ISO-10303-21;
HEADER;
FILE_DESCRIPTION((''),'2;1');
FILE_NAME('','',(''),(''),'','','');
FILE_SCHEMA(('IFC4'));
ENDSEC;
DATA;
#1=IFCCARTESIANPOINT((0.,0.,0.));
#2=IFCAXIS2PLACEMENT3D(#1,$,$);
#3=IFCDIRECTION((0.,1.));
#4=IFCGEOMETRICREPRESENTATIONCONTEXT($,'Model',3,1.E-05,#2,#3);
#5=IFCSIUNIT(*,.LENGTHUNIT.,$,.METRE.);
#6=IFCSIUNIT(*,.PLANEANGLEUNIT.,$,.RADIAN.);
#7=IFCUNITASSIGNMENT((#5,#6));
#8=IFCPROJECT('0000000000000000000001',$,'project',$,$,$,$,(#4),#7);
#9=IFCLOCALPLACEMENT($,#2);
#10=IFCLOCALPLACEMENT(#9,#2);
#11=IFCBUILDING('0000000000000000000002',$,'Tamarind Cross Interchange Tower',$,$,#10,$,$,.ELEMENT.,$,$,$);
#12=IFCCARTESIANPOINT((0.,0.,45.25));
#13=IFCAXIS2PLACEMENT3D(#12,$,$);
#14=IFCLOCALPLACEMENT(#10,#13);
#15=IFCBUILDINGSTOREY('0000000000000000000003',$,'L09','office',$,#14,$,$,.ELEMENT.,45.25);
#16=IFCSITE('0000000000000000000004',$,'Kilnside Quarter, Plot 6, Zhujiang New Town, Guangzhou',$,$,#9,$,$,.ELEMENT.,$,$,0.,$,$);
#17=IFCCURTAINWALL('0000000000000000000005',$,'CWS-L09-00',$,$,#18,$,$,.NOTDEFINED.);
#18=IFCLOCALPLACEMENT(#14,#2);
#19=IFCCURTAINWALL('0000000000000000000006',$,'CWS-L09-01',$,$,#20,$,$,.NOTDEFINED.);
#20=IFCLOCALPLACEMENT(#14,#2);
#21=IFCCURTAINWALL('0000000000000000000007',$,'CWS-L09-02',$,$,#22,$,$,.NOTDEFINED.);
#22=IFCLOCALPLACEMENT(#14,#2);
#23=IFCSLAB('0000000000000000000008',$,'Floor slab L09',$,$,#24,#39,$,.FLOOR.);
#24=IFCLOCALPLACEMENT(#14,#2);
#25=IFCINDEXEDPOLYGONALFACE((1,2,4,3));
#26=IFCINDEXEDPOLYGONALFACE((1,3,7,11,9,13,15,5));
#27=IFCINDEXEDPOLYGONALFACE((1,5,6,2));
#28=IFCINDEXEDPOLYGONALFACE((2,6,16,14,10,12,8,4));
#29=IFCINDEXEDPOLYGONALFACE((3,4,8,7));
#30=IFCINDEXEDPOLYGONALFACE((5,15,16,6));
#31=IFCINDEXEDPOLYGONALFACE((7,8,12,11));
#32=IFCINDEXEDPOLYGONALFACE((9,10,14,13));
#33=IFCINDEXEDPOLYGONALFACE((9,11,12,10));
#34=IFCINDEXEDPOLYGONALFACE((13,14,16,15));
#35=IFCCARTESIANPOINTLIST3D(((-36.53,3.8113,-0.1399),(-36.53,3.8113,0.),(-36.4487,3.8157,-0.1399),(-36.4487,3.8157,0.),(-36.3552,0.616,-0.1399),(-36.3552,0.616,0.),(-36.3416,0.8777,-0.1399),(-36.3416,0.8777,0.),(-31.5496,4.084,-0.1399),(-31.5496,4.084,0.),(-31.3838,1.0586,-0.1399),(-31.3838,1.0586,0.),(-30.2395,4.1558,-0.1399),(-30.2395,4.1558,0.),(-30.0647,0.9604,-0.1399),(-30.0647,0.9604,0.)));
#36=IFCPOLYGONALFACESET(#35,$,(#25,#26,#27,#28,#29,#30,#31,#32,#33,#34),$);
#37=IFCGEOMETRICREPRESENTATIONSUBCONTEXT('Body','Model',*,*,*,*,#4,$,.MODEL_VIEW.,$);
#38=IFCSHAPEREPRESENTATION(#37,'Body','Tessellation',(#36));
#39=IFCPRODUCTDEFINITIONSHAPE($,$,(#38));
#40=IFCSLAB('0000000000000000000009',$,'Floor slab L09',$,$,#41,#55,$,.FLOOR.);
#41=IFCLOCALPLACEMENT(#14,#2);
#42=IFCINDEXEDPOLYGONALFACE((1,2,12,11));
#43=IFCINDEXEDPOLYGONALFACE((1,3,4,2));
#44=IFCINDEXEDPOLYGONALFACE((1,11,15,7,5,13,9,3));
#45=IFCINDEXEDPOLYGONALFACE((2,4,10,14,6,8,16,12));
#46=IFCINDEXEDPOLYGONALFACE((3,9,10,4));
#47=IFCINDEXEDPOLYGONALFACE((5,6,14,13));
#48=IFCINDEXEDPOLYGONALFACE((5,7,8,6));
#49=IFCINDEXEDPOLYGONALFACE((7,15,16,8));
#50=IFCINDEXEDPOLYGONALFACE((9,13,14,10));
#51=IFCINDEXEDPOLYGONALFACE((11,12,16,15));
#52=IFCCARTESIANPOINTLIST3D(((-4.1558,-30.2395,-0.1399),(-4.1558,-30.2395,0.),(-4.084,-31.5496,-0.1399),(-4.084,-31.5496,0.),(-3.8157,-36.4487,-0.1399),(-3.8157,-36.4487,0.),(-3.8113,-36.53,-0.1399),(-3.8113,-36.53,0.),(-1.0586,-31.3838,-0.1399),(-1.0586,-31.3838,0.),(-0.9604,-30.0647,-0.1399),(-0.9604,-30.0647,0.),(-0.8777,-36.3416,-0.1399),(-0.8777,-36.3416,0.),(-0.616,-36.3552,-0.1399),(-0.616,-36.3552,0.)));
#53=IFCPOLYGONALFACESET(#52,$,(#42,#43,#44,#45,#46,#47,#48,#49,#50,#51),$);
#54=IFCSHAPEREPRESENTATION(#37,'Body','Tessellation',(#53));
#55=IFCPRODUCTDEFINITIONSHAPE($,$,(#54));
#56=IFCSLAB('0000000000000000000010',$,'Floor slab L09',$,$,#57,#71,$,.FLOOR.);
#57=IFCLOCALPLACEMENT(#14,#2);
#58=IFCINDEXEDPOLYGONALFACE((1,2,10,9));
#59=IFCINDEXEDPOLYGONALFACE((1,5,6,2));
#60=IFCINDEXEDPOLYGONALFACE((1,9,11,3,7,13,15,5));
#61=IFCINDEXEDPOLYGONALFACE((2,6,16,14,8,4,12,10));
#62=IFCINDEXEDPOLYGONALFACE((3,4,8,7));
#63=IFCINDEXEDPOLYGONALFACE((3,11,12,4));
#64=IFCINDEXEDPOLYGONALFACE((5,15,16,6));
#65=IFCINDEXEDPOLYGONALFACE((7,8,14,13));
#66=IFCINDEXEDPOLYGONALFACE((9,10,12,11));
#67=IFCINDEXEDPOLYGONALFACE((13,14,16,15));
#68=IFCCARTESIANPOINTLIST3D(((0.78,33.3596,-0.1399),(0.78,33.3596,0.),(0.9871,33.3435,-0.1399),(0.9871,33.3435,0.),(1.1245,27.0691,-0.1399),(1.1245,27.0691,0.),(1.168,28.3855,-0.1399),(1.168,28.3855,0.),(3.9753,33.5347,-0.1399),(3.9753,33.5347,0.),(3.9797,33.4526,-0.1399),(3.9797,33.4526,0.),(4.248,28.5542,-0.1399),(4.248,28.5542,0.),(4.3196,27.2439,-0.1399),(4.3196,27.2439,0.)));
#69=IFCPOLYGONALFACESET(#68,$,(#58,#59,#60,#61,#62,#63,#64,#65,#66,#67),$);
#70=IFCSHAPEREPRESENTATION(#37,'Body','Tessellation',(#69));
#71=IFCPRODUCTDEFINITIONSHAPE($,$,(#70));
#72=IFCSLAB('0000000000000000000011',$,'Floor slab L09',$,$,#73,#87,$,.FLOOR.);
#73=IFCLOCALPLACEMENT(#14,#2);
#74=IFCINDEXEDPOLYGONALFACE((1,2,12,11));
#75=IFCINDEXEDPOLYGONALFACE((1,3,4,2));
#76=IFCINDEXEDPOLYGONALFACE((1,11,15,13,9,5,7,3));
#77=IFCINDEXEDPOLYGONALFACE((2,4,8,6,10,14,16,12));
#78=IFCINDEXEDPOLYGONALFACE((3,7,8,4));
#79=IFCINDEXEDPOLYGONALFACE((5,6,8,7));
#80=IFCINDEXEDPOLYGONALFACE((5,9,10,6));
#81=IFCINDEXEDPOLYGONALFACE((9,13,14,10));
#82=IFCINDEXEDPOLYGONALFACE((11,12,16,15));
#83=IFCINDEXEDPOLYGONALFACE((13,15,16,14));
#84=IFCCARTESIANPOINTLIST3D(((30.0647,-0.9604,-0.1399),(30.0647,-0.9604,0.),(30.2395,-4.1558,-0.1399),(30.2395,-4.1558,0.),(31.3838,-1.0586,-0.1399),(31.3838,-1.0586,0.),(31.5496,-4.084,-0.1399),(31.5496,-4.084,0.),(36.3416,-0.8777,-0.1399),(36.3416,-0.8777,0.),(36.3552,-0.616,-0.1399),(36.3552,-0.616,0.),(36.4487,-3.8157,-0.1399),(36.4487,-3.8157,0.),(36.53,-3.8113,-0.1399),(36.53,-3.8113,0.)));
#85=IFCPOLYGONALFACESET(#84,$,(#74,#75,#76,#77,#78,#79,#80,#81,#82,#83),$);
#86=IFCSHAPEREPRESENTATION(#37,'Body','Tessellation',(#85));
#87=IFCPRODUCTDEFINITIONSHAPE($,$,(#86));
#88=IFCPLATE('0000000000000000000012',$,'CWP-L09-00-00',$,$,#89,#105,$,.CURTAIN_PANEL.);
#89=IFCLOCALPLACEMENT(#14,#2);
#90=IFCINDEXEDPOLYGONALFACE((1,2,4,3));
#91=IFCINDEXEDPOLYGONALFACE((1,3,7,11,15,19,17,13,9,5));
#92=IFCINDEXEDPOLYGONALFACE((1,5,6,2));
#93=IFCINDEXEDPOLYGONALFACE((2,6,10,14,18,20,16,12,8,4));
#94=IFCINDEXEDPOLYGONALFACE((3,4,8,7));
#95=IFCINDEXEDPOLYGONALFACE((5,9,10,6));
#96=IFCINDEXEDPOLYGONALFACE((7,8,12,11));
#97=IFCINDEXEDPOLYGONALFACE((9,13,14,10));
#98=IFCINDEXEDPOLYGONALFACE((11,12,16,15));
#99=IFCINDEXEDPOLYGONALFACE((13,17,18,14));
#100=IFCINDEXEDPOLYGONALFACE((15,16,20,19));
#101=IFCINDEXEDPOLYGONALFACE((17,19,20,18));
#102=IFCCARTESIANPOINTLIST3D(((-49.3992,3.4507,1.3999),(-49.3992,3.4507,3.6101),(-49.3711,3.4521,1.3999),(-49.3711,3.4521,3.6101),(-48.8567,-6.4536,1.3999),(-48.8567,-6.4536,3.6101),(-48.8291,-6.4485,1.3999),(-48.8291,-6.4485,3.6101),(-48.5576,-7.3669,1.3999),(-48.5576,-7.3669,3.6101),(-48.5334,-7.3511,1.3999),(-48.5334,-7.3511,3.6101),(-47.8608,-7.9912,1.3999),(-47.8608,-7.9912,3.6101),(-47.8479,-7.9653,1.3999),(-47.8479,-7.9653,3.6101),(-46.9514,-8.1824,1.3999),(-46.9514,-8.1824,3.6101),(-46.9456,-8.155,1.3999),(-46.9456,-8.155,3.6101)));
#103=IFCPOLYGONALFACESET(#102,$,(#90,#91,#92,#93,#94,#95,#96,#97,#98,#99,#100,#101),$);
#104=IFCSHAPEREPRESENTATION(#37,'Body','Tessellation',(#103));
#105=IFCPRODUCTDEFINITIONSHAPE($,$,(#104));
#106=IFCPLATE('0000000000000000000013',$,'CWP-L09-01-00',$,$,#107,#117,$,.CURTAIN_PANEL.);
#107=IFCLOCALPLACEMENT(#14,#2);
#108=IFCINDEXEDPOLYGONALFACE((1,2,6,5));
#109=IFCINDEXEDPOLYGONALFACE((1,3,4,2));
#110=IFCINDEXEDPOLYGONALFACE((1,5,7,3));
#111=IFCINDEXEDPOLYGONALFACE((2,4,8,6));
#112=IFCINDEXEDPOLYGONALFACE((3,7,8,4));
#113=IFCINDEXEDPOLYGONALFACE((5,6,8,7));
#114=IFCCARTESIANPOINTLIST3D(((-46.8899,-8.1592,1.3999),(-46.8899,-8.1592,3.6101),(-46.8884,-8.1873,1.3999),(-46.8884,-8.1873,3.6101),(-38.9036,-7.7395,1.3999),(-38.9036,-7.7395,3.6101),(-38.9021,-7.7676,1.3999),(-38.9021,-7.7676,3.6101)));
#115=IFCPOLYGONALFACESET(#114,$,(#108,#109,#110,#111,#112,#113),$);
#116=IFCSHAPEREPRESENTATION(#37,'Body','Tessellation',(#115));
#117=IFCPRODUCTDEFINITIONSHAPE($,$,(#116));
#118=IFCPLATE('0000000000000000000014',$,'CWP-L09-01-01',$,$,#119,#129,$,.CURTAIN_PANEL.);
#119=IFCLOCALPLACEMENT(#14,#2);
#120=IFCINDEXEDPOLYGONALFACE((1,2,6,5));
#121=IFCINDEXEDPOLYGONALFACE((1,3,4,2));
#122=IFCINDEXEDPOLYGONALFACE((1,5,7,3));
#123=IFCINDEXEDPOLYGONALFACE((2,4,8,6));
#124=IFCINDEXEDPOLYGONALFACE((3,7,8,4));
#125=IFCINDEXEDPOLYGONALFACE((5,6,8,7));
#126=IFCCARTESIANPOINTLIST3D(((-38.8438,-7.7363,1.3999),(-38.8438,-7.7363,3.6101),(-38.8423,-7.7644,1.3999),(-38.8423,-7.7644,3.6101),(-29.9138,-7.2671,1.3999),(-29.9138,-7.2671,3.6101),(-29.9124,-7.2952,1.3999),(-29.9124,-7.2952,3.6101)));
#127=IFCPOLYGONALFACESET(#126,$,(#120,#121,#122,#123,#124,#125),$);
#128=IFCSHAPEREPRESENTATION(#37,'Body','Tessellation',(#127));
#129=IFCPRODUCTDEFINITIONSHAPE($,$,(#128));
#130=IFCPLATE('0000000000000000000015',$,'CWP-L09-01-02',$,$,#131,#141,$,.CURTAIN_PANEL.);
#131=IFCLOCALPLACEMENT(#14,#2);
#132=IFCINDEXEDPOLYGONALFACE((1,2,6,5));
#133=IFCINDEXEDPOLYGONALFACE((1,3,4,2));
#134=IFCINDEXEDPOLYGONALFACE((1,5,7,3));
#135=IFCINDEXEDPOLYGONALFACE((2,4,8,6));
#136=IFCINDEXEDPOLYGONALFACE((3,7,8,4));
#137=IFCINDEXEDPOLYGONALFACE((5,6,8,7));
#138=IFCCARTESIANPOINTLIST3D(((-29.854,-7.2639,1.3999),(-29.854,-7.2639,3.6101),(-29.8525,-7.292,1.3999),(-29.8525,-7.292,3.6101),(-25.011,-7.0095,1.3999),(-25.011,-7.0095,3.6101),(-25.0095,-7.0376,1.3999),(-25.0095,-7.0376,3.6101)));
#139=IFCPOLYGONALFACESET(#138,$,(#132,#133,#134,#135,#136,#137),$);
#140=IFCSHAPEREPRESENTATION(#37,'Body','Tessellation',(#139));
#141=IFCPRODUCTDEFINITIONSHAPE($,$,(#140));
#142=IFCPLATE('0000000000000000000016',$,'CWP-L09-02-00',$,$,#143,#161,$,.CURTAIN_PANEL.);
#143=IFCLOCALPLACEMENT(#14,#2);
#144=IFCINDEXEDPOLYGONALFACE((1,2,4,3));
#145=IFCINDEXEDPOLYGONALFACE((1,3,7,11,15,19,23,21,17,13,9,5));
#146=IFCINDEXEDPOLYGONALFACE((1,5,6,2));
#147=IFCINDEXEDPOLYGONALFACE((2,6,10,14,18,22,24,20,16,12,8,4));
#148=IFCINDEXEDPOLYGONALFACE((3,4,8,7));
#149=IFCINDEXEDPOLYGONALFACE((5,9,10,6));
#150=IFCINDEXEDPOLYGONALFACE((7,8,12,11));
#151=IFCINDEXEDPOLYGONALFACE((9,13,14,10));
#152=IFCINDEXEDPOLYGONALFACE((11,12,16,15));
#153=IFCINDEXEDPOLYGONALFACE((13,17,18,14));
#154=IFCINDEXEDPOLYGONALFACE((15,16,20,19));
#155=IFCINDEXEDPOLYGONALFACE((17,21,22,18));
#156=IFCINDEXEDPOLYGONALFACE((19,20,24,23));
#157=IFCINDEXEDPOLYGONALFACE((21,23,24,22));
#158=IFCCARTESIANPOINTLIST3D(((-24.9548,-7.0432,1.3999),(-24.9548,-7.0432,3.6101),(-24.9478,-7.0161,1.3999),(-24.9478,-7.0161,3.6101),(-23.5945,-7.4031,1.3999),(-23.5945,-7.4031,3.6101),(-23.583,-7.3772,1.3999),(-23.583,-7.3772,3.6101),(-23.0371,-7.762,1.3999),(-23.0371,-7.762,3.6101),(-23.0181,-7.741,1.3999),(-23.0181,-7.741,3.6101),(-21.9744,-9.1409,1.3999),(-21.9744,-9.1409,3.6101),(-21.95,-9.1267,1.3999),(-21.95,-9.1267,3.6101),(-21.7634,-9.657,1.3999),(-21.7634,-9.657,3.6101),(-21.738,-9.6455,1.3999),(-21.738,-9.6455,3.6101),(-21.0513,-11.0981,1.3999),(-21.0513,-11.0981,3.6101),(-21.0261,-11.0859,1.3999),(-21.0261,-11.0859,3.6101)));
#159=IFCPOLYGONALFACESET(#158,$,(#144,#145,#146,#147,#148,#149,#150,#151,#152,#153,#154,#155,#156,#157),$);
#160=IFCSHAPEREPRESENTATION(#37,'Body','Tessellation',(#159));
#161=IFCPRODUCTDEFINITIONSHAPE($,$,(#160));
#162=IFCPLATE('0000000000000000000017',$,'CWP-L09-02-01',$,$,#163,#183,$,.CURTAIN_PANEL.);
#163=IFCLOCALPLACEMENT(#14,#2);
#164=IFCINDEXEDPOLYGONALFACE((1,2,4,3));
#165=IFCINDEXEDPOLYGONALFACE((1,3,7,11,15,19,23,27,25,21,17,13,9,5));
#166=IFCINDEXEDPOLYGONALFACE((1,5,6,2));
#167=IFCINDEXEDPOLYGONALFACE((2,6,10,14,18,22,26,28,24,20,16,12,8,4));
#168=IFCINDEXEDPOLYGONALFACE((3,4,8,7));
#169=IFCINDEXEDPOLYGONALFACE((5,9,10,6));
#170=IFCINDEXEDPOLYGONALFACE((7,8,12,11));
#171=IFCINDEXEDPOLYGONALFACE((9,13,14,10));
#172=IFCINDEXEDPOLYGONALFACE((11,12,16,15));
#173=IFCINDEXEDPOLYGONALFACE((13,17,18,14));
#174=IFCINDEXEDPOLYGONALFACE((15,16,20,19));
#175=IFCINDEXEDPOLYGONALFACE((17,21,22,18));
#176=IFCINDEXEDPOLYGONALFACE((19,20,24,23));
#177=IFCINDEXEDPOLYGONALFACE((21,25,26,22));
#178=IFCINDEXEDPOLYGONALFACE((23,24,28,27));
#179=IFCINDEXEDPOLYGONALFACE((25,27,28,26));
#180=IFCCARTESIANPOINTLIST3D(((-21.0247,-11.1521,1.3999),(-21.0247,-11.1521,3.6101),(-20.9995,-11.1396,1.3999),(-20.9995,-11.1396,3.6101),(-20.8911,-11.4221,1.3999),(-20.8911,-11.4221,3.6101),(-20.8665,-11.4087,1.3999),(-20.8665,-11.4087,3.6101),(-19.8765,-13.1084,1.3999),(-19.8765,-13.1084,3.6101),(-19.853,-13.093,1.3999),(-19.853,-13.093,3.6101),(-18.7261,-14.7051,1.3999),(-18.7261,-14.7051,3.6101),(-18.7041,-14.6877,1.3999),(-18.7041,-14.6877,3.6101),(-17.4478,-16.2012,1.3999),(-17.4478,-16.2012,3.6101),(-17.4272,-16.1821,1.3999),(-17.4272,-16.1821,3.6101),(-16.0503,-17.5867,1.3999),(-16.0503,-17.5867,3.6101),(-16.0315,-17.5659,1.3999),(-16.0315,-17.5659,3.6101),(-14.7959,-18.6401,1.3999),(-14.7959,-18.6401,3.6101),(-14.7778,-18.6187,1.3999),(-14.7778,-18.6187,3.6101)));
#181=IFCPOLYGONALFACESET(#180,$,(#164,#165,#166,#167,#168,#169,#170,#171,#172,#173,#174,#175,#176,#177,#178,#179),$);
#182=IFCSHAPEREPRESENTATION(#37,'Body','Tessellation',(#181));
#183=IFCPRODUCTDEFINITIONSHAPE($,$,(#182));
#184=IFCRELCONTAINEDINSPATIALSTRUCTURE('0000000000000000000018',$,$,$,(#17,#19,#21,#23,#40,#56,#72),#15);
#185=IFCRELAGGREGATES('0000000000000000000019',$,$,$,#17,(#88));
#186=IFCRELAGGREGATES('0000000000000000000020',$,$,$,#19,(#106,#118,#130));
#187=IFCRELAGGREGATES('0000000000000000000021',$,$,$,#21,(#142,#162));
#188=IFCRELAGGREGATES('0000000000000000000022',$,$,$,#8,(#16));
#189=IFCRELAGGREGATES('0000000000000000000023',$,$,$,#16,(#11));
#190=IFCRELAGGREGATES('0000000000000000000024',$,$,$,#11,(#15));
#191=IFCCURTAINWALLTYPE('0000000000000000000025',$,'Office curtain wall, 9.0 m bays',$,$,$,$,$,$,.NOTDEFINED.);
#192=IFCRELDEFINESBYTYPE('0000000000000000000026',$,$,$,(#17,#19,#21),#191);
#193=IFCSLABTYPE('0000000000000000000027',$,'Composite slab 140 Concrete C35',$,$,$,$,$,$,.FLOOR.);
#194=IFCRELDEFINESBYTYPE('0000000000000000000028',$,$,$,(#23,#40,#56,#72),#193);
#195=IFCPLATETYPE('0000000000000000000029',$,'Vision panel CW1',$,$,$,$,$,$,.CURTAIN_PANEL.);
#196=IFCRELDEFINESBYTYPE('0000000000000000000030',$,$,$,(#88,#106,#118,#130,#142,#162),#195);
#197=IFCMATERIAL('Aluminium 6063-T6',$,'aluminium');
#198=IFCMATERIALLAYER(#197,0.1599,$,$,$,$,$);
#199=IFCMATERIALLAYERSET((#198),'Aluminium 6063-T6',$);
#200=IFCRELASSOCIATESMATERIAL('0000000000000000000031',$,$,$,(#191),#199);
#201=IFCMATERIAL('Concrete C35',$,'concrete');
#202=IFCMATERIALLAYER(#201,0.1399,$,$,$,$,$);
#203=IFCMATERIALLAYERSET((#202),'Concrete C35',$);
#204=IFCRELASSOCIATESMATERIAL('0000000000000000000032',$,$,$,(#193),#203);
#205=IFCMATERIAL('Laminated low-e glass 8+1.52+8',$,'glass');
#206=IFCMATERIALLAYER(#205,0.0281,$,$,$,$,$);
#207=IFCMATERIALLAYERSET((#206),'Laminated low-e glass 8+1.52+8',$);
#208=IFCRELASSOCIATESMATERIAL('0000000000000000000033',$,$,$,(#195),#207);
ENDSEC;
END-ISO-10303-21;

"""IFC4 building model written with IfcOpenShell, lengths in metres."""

from ifc_helpers import new_model, si_unit, direction, frame, origin, place, context, subcontext, project, spatial, polyline, outline, extrude, material, layer, layer_set, type_object, element, aggregate, save


model = new_model("IFC4")

# Units and contexts
model_context = context("Model", 3, precision=1e-05, world=origin(), true_north=direction((0.0, 1.0)))
body_context = subcontext(model_context, "Body", "Model", "MODEL_VIEW")
ifc_project = project(units=[si_unit("LENGTHUNIT", "METRE"), si_unit("PLANEANGLEUNIT", "RADIAN")], contexts=[model_context])

# Site, building, storey
site_placement = place(None, origin())
site = spatial("IfcSite", under=ifc_project, at=site_placement, Name="Kilnside Quarter, Plot 6, Zhujiang New Town, Guangzhou", CompositionType="ELEMENT", RefElevation=0.0)
building_placement = place(site_placement, origin())
building = spatial("IfcBuilding", under=site, at=building_placement, Name="Tamarind Cross Interchange Tower", CompositionType="ELEMENT")
storey_placement = place(building_placement, frame((0.0, 0.0, 45.25)))
storey = spatial("IfcBuildingStorey", under=building, at=storey_placement, Name="L09", Description="office", CompositionType="ELEMENT", Elevation=45.25)

# Curtain walls
ifc_material_1 = material(Name="Aluminium 6063-T6", Category="aluminium")
ifc_layer_1 = layer(ifc_material_1, 0.1599)
ifc_layer_set_1 = layer_set([ifc_layer_1], Name="Aluminium 6063-T6")
curtain_wall_type = type_object("IfcCurtainWallType", Name="Office curtain wall, 9.0 m bays", PredefinedType="NOTDEFINED", material=ifc_layer_set_1)
curtain_wall_1_placement = place(storey_placement, origin())
curtain_wall_1 = element("IfcCurtainWall", 1, at=curtain_wall_1_placement, inside=storey, type_object=curtain_wall_type, Name="CWS-L09-00", PredefinedType="NOTDEFINED")
curtain_wall_2_placement = place(storey_placement, origin())
curtain_wall_2 = element("IfcCurtainWall", 2, at=curtain_wall_2_placement, inside=storey, type_object=curtain_wall_type, Name="CWS-L09-01", PredefinedType="NOTDEFINED")
curtain_wall_3_placement = place(storey_placement, origin())
curtain_wall_3 = element("IfcCurtainWall", 3, at=curtain_wall_3_placement, inside=storey, type_object=curtain_wall_type, Name="CWS-L09-02", PredefinedType="NOTDEFINED")

# Slabs
ifc_material_2 = material(Name="Concrete C35", Category="concrete")
ifc_layer_2 = layer(ifc_material_2, 0.1399)
ifc_layer_set_2 = layer_set([ifc_layer_2], Name="Concrete C35")
slab_type = type_object("IfcSlabType", Name="Composite slab 140 Concrete C35", PredefinedType="FLOOR", material=ifc_layer_set_2)
slab_1_placement = place(storey_placement, frame((0.0, 0.0, -0.1399)))
element("IfcSlab", 4, at=slab_1_placement, inside=storey, type_object=slab_type, Name="Floor slab L09", PredefinedType="FLOOR", context=body_context, shape_type="SweptSolid", body=[
    extrude(outline(polyline([(-36.53, 3.8113), (-36.3552, 0.616), (-30.0647, 0.9604), (-30.2395, 4.1558), (-31.5496, 4.084), (-31.3838, 1.0586), (-36.3416, 0.8777), (-36.4487, 3.8157), (-36.53, 3.8113)])), origin(), (0.0, 0.0, 1.0), 0.1399),
])
slab_2_placement = place(storey_placement, frame((0.0, 0.0, -0.1399)))
element("IfcSlab", 5, at=slab_2_placement, inside=storey, type_object=slab_type, Name="Floor slab L09", PredefinedType="FLOOR", context=body_context, shape_type="SweptSolid", body=[
    extrude(outline(polyline([(-3.8113, -36.53), (-0.616, -36.3552), (-0.9604, -30.0647), (-4.1558, -30.2395), (-4.084, -31.5496), (-1.0586, -31.3838), (-0.8777, -36.3416), (-3.8157, -36.4487), (-3.8113, -36.53)])), origin(), (0.0, 0.0, 1.0), 0.1399),
])
slab_3_placement = place(storey_placement, frame((0.0, 0.0, -0.1399)))
element("IfcSlab", 6, at=slab_3_placement, inside=storey, type_object=slab_type, Name="Floor slab L09", PredefinedType="FLOOR", context=body_context, shape_type="SweptSolid", body=[
    extrude(outline(polyline([(1.1245, 27.0691), (4.3196, 27.2439), (4.248, 28.5542), (1.168, 28.3855), (0.9871, 33.3435), (3.9797, 33.4526), (3.9753, 33.5347), (0.78, 33.3596), (1.1245, 27.0691)])), origin(), (0.0, 0.0, 1.0), 0.1399),
])
slab_4_placement = place(storey_placement, frame((0.0, 0.0, -0.1399)))
element("IfcSlab", 7, at=slab_4_placement, inside=storey, type_object=slab_type, Name="Floor slab L09", PredefinedType="FLOOR", context=body_context, shape_type="SweptSolid", body=[
    extrude(outline(polyline([(36.53, -3.8113), (36.3552, -0.616), (30.0647, -0.9604), (30.2395, -4.1558), (31.5496, -4.084), (31.3838, -1.0586), (36.3416, -0.8777), (36.4487, -3.8157), (36.53, -3.8113)])), origin(), (0.0, 0.0, 1.0), 0.1399),
])

# Plates
ifc_material_3 = material(Name="Laminated low-e glass 8+1.52+8", Category="glass")
ifc_layer_3 = layer(ifc_material_3, 0.0281)
ifc_layer_set_3 = layer_set([ifc_layer_3], Name="Laminated low-e glass 8+1.52+8")
plate_type = type_object("IfcPlateType", Name="Vision panel CW1", PredefinedType="CURTAIN_PANEL", material=ifc_layer_set_3)
plate_1_placement = place(storey_placement, frame((0.0, 0.0, 1.3999)))
plate_1 = element("IfcPlate", 8, at=plate_1_placement, type_object=plate_type, Name="CWP-L09-00-00", PredefinedType="CURTAIN_PANEL", context=body_context, shape_type="SweptSolid", body=[
    extrude(outline(polyline([(-49.3711, 3.4521), (-48.8291, -6.4485), (-48.5334, -7.3511), (-47.8479, -7.9653), (-46.9456, -8.155), (-46.9514, -8.1824), (-47.8608, -7.9912), (-48.5576, -7.3669), (-48.8567, -6.4536), (-49.3992, 3.4507), (-49.3711, 3.4521)])), origin(), (0.0, 0.0, 1.0), 2.2102),
])
aggregate(curtain_wall_1, [plate_1])
plate_2_placement = place(storey_placement, frame((0.0, 0.0, 1.3999)))
plate_2 = element("IfcPlate", 9, at=plate_2_placement, type_object=plate_type, Name="CWP-L09-01-00", PredefinedType="CURTAIN_PANEL", context=body_context, shape_type="SweptSolid", body=[
    extrude(outline(polyline([(-46.8899, -8.1592), (-38.9036, -7.7395), (-38.9021, -7.7676), (-46.8884, -8.1873), (-46.8899, -8.1592)])), origin(), (0.0, 0.0, 1.0), 2.2102),
])
plate_3_placement = place(storey_placement, frame((0.0, 0.0, 1.3999)))
plate_3 = element("IfcPlate", 10, at=plate_3_placement, type_object=plate_type, Name="CWP-L09-01-01", PredefinedType="CURTAIN_PANEL", context=body_context, shape_type="SweptSolid", body=[
    extrude(outline(polyline([(-38.8438, -7.7363), (-29.9138, -7.2671), (-29.9124, -7.2952), (-38.8423, -7.7644), (-38.8438, -7.7363)])), origin(), (0.0, 0.0, 1.0), 2.2102),
])
plate_4_placement = place(storey_placement, frame((0.0, 0.0, 1.3999)))
plate_4 = element("IfcPlate", 11, at=plate_4_placement, type_object=plate_type, Name="CWP-L09-01-02", PredefinedType="CURTAIN_PANEL", context=body_context, shape_type="SweptSolid", body=[
    extrude(outline(polyline([(-29.854, -7.2639), (-25.011, -7.0095), (-25.0095, -7.0376), (-29.8525, -7.292), (-29.854, -7.2639)])), origin(), (0.0, 0.0, 1.0), 2.2102),
])
aggregate(curtain_wall_2, [plate_2, plate_3, plate_4])
plate_5_placement = place(storey_placement, frame((0.0, 0.0, 1.3999)))
plate_5 = element("IfcPlate", 12, at=plate_5_placement, type_object=plate_type, Name="CWP-L09-02-00", PredefinedType="CURTAIN_PANEL", context=body_context, shape_type="SweptSolid", body=[
    extrude(outline(polyline([(-24.9478, -7.0161), (-23.583, -7.3772), (-23.0181, -7.741), (-21.95, -9.1267), (-21.738, -9.6455), (-21.0261, -11.0859), (-21.0513, -11.0981), (-21.7634, -9.657), (-21.9744, -9.1409), (-23.0371, -7.762), (-23.5945, -7.4031), (-24.9548, -7.0432), (-24.9478, -7.0161)])), origin(), (0.0, 0.0, 1.0), 2.2102),
])
plate_6_placement = place(storey_placement, frame((0.0, 0.0, 1.3999)))
plate_6 = element("IfcPlate", 13, at=plate_6_placement, type_object=plate_type, Name="CWP-L09-02-01", PredefinedType="CURTAIN_PANEL", context=body_context, shape_type="SweptSolid", body=[
    extrude(outline(polyline([(-20.9995, -11.1396), (-20.8665, -11.4087), (-19.853, -13.093), (-18.7041, -14.6877), (-17.4272, -16.1821), (-16.0315, -17.5659), (-14.7778, -18.6187), (-14.7959, -18.6401), (-16.0503, -17.5867), (-17.4478, -16.2012), (-18.7261, -14.7051), (-19.8765, -13.1084), (-20.8911, -11.4221), (-21.0247, -11.1521), (-20.9995, -11.1396)])), origin(), (0.0, 0.0, 1.0), 2.2102),
])
aggregate(curtain_wall_3, [plate_5, plate_6])

save(model, "model.ifc")
